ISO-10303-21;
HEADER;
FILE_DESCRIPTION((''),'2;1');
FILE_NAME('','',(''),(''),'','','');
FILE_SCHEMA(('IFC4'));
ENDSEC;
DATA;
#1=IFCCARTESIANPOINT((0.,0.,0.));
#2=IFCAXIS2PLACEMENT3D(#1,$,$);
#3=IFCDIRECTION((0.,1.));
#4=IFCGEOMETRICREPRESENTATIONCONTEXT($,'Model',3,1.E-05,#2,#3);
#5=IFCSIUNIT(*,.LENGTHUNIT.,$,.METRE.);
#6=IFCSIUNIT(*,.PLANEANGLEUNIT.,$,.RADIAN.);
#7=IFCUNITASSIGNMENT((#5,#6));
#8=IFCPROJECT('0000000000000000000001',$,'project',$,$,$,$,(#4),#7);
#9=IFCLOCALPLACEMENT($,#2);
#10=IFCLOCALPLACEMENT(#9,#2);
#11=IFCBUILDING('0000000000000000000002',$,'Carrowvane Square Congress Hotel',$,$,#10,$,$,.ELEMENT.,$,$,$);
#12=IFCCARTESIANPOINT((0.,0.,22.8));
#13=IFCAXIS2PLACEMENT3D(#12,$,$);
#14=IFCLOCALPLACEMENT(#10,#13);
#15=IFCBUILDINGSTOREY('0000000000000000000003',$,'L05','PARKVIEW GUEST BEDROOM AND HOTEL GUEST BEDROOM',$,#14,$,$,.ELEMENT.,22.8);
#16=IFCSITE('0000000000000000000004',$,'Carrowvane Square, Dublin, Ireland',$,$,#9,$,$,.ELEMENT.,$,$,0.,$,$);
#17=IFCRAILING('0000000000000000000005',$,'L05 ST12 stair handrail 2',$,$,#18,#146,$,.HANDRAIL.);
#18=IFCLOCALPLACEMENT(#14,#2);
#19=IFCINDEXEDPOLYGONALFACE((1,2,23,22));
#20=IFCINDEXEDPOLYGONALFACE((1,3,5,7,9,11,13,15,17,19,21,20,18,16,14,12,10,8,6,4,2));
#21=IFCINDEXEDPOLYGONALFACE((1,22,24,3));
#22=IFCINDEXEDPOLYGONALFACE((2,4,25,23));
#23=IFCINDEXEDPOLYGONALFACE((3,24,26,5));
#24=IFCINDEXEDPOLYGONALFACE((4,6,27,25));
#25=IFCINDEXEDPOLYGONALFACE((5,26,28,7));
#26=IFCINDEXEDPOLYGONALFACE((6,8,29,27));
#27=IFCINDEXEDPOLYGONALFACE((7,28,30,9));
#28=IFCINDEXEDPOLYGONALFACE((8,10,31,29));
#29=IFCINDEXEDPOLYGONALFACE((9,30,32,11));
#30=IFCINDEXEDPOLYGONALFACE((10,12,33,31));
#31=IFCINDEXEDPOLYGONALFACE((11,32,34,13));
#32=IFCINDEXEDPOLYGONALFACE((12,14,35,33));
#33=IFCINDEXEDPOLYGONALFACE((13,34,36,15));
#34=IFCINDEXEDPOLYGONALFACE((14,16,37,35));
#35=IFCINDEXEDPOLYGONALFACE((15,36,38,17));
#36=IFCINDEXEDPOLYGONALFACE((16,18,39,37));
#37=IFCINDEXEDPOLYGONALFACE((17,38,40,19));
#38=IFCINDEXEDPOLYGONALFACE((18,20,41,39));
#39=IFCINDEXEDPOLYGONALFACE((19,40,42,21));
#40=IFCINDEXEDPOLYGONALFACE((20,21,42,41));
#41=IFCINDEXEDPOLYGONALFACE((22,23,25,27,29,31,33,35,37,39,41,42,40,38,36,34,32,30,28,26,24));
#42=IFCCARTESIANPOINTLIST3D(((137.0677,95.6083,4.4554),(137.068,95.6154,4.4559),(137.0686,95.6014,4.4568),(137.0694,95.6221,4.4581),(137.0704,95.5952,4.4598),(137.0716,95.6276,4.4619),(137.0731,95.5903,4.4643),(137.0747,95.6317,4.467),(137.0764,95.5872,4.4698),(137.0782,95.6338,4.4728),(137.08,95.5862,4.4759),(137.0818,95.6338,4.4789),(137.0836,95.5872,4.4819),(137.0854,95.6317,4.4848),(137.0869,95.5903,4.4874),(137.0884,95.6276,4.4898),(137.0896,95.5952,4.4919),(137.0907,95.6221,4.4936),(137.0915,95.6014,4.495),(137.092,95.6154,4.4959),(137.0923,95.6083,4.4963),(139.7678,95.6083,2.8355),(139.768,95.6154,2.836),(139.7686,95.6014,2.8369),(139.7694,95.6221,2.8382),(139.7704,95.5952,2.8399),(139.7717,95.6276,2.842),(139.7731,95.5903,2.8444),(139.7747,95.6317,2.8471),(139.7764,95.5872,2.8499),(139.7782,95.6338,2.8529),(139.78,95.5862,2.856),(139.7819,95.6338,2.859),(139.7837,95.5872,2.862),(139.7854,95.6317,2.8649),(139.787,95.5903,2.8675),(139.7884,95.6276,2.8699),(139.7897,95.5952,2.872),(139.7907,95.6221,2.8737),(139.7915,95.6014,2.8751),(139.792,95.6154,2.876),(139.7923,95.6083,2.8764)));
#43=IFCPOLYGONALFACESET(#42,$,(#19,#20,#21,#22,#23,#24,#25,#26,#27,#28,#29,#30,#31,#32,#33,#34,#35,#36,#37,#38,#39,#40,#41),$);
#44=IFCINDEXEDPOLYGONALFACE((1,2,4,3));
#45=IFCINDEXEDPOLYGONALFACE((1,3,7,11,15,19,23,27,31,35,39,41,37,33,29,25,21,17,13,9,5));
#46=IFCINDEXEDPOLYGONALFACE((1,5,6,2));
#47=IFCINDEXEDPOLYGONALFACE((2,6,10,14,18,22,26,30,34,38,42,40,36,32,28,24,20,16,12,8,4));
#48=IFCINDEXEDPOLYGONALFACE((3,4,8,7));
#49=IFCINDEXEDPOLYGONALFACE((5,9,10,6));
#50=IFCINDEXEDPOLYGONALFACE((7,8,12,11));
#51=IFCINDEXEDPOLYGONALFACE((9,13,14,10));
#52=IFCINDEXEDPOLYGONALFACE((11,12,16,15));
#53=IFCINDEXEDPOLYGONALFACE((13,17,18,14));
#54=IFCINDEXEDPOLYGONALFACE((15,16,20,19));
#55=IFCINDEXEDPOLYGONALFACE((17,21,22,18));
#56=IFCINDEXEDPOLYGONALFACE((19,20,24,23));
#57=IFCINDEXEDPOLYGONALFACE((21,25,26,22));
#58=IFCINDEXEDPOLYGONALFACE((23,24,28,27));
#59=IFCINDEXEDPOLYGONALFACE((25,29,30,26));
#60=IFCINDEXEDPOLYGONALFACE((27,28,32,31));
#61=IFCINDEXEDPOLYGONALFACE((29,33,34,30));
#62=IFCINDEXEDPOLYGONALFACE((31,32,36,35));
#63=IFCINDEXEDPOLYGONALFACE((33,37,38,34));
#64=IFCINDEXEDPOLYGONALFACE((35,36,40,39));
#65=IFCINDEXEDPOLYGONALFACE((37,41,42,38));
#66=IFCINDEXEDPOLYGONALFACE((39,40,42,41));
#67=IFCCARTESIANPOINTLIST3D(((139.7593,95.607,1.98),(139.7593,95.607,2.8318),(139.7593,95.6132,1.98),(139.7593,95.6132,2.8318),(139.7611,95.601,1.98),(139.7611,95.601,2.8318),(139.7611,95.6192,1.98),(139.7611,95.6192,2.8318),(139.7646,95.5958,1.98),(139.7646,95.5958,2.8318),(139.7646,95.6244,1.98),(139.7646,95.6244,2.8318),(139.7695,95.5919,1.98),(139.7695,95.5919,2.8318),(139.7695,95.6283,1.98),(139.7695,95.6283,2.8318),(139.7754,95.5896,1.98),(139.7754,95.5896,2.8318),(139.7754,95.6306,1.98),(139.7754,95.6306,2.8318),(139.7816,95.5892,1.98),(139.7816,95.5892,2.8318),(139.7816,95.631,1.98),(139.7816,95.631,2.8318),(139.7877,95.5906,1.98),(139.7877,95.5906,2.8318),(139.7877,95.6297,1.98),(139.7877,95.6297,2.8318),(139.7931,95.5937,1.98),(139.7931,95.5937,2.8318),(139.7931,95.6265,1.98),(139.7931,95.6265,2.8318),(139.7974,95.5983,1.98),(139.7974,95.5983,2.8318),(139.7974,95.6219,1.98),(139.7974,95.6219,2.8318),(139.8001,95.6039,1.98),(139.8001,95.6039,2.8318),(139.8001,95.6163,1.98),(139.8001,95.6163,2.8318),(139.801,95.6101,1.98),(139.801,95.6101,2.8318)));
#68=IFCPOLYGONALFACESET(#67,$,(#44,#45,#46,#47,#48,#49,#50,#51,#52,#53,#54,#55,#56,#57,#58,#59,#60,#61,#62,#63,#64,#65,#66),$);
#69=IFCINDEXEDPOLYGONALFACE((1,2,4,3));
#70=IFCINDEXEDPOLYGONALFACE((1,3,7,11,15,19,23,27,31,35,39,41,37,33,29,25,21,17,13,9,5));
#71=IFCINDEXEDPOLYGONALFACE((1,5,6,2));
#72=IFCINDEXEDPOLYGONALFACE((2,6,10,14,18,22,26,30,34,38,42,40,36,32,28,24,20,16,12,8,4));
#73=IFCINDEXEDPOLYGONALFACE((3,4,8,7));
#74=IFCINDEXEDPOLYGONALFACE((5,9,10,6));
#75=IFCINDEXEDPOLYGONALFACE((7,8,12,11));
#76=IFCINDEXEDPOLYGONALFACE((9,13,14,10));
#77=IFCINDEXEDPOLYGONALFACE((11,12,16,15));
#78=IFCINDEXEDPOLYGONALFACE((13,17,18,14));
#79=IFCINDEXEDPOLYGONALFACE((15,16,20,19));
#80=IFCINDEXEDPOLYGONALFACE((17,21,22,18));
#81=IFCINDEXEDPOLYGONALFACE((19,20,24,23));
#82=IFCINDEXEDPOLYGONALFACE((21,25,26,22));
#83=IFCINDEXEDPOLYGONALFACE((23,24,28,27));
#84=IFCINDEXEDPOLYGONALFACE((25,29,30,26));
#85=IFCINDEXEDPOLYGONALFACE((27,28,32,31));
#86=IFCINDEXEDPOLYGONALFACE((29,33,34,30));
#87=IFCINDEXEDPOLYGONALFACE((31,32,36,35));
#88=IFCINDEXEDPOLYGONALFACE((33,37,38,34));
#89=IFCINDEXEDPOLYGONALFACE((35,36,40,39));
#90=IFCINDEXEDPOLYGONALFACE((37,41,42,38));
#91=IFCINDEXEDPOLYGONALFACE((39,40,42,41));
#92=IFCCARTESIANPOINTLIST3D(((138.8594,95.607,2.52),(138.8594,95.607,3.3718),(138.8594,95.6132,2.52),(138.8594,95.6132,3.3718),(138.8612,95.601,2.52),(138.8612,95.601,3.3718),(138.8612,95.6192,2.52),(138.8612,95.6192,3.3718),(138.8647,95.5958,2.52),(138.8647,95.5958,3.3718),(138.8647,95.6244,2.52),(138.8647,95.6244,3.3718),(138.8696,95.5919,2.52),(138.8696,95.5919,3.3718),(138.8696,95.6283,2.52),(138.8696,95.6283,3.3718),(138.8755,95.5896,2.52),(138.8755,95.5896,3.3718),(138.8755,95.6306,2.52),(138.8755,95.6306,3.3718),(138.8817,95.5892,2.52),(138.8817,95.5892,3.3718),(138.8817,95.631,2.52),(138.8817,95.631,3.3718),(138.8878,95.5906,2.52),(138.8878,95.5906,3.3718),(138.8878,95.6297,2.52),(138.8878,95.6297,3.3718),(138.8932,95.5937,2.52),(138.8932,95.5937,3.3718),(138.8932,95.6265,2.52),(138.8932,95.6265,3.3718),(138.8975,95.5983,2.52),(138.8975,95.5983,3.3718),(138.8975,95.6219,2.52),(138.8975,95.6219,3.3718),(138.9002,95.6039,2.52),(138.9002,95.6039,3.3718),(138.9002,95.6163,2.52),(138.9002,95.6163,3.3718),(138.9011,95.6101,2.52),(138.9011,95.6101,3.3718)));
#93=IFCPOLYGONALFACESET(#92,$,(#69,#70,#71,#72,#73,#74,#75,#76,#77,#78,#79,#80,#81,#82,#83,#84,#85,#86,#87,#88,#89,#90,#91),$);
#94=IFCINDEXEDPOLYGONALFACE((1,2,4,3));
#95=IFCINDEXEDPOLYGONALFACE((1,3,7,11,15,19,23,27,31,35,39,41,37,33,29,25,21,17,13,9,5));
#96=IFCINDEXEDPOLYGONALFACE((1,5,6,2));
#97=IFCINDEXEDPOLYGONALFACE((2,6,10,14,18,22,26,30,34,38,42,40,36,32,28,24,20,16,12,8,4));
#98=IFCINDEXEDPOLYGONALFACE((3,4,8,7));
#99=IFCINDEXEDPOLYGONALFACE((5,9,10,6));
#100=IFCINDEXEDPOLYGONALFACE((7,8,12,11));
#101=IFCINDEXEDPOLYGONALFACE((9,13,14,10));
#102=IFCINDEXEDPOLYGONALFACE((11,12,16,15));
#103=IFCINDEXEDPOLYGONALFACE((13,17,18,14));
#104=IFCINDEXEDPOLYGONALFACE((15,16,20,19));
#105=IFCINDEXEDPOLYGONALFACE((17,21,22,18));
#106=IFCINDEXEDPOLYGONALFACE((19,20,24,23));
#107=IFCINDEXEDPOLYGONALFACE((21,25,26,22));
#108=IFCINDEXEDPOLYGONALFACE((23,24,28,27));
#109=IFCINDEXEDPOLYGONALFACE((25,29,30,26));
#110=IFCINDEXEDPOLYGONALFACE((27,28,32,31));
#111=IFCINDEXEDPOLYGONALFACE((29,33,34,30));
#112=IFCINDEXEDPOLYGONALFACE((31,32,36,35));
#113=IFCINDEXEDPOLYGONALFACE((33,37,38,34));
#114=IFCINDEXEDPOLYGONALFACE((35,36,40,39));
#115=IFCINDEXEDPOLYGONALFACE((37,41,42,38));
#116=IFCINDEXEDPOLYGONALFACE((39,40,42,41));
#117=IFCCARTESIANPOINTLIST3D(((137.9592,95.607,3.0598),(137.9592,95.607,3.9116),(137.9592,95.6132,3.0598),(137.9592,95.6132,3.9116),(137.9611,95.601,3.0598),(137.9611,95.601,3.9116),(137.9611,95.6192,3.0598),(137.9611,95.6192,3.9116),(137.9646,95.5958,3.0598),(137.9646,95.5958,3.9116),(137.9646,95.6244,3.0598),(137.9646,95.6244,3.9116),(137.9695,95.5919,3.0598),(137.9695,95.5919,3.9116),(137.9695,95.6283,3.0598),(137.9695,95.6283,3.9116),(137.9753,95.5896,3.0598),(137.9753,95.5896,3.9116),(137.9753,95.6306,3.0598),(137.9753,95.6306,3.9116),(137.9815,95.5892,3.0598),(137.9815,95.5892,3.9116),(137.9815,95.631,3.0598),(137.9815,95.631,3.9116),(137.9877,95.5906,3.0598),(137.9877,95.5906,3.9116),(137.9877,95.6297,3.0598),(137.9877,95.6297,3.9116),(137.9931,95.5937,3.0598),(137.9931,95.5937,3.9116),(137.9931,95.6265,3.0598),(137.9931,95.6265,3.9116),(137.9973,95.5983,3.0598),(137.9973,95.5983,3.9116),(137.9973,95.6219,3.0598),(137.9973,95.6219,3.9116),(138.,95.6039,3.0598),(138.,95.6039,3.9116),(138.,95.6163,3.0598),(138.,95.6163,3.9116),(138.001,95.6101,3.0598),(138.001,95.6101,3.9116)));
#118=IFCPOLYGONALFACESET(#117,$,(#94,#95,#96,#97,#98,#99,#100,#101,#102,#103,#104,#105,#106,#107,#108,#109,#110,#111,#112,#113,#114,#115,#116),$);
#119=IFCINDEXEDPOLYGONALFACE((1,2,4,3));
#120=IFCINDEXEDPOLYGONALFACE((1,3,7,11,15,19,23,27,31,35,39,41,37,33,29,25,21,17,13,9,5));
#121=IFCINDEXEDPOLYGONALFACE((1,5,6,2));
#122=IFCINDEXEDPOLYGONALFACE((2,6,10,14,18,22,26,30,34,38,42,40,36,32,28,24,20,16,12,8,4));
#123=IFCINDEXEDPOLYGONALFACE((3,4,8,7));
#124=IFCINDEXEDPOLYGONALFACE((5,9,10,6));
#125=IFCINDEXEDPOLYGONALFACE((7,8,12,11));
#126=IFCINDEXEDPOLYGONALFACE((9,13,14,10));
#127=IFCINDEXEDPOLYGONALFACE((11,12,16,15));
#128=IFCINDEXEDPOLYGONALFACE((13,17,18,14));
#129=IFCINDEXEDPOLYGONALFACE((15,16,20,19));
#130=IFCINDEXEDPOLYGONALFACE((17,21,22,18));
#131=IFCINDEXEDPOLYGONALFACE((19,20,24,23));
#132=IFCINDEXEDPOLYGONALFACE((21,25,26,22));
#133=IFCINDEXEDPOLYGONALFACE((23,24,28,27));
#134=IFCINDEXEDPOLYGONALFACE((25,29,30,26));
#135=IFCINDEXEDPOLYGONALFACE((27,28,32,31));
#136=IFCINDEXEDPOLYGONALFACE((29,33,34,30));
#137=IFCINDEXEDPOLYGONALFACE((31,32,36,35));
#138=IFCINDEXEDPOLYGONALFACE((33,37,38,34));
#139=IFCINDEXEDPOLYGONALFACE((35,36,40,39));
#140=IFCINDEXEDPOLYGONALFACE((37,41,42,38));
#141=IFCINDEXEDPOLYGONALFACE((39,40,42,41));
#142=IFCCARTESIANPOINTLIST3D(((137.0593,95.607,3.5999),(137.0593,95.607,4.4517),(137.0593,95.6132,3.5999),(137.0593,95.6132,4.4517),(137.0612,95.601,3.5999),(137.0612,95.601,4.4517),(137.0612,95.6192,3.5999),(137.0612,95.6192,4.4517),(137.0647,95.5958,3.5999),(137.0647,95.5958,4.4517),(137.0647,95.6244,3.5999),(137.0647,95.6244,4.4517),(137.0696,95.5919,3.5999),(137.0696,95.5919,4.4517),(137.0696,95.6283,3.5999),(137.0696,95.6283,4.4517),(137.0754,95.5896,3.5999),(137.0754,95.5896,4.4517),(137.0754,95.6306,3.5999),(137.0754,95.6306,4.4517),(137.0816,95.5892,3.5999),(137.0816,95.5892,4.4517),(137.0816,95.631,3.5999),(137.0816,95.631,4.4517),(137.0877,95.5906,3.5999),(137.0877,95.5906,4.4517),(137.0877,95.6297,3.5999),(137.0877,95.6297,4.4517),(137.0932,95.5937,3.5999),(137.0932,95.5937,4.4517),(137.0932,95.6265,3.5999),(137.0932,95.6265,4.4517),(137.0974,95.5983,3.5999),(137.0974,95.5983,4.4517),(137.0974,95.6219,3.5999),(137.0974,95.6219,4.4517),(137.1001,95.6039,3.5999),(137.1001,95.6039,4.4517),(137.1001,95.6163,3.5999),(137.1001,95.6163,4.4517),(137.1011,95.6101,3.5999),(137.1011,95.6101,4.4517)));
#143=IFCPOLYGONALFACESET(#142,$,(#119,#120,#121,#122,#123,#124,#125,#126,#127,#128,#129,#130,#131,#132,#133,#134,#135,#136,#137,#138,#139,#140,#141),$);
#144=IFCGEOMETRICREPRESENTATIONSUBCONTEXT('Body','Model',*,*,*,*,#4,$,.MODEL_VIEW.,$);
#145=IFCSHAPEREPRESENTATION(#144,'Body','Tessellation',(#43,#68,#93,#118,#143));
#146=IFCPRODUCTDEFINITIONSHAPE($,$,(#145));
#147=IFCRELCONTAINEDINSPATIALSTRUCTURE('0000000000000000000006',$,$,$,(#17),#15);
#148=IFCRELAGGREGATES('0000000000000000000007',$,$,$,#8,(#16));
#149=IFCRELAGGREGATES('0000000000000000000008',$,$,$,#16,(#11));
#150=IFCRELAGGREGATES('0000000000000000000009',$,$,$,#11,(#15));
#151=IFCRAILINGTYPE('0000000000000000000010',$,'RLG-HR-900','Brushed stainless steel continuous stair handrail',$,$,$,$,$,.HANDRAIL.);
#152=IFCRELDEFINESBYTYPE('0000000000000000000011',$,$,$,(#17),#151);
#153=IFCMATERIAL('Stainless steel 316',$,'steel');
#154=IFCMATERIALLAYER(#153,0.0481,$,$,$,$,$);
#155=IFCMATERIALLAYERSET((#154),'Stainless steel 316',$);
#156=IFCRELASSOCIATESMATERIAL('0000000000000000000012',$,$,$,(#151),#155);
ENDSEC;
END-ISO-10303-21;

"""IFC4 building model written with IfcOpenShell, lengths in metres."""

from ifc_helpers import new_model, si_unit, direction, frame, origin, origin_2d, place, context, subcontext, project, spatial, circle, extrude, material, layer, layer_set, type_object, element, save


model = new_model("IFC4")

# Units and contexts
model_context = context("Model", 3, precision=1e-05, world=origin(), true_north=direction((0.0, 1.0)))
body_context = subcontext(model_context, "Body", "Model", "MODEL_VIEW")
ifc_project = project(units=[si_unit("LENGTHUNIT", "METRE"), si_unit("PLANEANGLEUNIT", "RADIAN")], contexts=[model_context])

# Site, building, storey
site_placement = place(None, origin())
site = spatial("IfcSite", under=ifc_project, at=site_placement, Name="Carrowvane Square, Dublin, Ireland", CompositionType="ELEMENT", RefElevation=0.0)
building_placement = place(site_placement, origin())
building = spatial("IfcBuilding", under=site, at=building_placement, Name="Carrowvane Square Congress Hotel", CompositionType="ELEMENT")
storey_placement = place(building_placement, frame((0.0, 0.0, 22.8)))
storey = spatial("IfcBuildingStorey", under=building, at=storey_placement, Name="L05", Description="PARKVIEW GUEST BEDROOM AND HOTEL GUEST BEDROOM", CompositionType="ELEMENT", Elevation=22.8)

# Railing
ifc_material_1 = material(Name="Stainless steel 316", Category="steel")
ifc_layer_1 = layer(ifc_material_1, 0.0481)
ifc_layer_set_1 = layer_set([ifc_layer_1], Name="Stainless steel 316")
railing_type_1 = type_object("IfcRailingType", Name="RLG-HR-900", Description="Brushed stainless steel continuous stair handrail", PredefinedType="HANDRAIL", material=ifc_layer_set_1)
railing_1_placement = place(storey_placement, frame((139.78, 95.6101, 1.98)))
element("IfcRailing", 1, at=railing_1_placement, inside=storey, type_object=railing_type_1, Name="L05 ST12 stair handrail 2", PredefinedType="HANDRAIL", context=body_context, shape_type="SweptSolid", body=[
    extrude(circle(Radius=0.0239, at=origin_2d()), frame((0.0, 0.0, 0.876), z_axis=(-0.857507, 0.0, 0.514473), x_axis=(0.0, -1.0, 0.0)), (0.0, 0.0, 1.0), 3.1487),
    extrude(circle(Radius=0.021, at=origin_2d()), origin(), (0.0, 0.0, 1.0), 0.8518),
    extrude(circle(Radius=0.021, at=origin_2d()), frame((-0.8999, 0.0, 0.54)), (0.0, 0.0, 1.0), 0.8518),
    extrude(circle(Radius=0.021, at=origin_2d()), frame((-1.8, 0.0, 1.0798)), (0.0, 0.0, 1.0), 0.8518),
    extrude(circle(Radius=0.021, at=origin_2d()), frame((-2.7, 0.0, 1.6199)), (0.0, 0.0, 1.0), 0.8518),
])

save(model, "model.ifc")
